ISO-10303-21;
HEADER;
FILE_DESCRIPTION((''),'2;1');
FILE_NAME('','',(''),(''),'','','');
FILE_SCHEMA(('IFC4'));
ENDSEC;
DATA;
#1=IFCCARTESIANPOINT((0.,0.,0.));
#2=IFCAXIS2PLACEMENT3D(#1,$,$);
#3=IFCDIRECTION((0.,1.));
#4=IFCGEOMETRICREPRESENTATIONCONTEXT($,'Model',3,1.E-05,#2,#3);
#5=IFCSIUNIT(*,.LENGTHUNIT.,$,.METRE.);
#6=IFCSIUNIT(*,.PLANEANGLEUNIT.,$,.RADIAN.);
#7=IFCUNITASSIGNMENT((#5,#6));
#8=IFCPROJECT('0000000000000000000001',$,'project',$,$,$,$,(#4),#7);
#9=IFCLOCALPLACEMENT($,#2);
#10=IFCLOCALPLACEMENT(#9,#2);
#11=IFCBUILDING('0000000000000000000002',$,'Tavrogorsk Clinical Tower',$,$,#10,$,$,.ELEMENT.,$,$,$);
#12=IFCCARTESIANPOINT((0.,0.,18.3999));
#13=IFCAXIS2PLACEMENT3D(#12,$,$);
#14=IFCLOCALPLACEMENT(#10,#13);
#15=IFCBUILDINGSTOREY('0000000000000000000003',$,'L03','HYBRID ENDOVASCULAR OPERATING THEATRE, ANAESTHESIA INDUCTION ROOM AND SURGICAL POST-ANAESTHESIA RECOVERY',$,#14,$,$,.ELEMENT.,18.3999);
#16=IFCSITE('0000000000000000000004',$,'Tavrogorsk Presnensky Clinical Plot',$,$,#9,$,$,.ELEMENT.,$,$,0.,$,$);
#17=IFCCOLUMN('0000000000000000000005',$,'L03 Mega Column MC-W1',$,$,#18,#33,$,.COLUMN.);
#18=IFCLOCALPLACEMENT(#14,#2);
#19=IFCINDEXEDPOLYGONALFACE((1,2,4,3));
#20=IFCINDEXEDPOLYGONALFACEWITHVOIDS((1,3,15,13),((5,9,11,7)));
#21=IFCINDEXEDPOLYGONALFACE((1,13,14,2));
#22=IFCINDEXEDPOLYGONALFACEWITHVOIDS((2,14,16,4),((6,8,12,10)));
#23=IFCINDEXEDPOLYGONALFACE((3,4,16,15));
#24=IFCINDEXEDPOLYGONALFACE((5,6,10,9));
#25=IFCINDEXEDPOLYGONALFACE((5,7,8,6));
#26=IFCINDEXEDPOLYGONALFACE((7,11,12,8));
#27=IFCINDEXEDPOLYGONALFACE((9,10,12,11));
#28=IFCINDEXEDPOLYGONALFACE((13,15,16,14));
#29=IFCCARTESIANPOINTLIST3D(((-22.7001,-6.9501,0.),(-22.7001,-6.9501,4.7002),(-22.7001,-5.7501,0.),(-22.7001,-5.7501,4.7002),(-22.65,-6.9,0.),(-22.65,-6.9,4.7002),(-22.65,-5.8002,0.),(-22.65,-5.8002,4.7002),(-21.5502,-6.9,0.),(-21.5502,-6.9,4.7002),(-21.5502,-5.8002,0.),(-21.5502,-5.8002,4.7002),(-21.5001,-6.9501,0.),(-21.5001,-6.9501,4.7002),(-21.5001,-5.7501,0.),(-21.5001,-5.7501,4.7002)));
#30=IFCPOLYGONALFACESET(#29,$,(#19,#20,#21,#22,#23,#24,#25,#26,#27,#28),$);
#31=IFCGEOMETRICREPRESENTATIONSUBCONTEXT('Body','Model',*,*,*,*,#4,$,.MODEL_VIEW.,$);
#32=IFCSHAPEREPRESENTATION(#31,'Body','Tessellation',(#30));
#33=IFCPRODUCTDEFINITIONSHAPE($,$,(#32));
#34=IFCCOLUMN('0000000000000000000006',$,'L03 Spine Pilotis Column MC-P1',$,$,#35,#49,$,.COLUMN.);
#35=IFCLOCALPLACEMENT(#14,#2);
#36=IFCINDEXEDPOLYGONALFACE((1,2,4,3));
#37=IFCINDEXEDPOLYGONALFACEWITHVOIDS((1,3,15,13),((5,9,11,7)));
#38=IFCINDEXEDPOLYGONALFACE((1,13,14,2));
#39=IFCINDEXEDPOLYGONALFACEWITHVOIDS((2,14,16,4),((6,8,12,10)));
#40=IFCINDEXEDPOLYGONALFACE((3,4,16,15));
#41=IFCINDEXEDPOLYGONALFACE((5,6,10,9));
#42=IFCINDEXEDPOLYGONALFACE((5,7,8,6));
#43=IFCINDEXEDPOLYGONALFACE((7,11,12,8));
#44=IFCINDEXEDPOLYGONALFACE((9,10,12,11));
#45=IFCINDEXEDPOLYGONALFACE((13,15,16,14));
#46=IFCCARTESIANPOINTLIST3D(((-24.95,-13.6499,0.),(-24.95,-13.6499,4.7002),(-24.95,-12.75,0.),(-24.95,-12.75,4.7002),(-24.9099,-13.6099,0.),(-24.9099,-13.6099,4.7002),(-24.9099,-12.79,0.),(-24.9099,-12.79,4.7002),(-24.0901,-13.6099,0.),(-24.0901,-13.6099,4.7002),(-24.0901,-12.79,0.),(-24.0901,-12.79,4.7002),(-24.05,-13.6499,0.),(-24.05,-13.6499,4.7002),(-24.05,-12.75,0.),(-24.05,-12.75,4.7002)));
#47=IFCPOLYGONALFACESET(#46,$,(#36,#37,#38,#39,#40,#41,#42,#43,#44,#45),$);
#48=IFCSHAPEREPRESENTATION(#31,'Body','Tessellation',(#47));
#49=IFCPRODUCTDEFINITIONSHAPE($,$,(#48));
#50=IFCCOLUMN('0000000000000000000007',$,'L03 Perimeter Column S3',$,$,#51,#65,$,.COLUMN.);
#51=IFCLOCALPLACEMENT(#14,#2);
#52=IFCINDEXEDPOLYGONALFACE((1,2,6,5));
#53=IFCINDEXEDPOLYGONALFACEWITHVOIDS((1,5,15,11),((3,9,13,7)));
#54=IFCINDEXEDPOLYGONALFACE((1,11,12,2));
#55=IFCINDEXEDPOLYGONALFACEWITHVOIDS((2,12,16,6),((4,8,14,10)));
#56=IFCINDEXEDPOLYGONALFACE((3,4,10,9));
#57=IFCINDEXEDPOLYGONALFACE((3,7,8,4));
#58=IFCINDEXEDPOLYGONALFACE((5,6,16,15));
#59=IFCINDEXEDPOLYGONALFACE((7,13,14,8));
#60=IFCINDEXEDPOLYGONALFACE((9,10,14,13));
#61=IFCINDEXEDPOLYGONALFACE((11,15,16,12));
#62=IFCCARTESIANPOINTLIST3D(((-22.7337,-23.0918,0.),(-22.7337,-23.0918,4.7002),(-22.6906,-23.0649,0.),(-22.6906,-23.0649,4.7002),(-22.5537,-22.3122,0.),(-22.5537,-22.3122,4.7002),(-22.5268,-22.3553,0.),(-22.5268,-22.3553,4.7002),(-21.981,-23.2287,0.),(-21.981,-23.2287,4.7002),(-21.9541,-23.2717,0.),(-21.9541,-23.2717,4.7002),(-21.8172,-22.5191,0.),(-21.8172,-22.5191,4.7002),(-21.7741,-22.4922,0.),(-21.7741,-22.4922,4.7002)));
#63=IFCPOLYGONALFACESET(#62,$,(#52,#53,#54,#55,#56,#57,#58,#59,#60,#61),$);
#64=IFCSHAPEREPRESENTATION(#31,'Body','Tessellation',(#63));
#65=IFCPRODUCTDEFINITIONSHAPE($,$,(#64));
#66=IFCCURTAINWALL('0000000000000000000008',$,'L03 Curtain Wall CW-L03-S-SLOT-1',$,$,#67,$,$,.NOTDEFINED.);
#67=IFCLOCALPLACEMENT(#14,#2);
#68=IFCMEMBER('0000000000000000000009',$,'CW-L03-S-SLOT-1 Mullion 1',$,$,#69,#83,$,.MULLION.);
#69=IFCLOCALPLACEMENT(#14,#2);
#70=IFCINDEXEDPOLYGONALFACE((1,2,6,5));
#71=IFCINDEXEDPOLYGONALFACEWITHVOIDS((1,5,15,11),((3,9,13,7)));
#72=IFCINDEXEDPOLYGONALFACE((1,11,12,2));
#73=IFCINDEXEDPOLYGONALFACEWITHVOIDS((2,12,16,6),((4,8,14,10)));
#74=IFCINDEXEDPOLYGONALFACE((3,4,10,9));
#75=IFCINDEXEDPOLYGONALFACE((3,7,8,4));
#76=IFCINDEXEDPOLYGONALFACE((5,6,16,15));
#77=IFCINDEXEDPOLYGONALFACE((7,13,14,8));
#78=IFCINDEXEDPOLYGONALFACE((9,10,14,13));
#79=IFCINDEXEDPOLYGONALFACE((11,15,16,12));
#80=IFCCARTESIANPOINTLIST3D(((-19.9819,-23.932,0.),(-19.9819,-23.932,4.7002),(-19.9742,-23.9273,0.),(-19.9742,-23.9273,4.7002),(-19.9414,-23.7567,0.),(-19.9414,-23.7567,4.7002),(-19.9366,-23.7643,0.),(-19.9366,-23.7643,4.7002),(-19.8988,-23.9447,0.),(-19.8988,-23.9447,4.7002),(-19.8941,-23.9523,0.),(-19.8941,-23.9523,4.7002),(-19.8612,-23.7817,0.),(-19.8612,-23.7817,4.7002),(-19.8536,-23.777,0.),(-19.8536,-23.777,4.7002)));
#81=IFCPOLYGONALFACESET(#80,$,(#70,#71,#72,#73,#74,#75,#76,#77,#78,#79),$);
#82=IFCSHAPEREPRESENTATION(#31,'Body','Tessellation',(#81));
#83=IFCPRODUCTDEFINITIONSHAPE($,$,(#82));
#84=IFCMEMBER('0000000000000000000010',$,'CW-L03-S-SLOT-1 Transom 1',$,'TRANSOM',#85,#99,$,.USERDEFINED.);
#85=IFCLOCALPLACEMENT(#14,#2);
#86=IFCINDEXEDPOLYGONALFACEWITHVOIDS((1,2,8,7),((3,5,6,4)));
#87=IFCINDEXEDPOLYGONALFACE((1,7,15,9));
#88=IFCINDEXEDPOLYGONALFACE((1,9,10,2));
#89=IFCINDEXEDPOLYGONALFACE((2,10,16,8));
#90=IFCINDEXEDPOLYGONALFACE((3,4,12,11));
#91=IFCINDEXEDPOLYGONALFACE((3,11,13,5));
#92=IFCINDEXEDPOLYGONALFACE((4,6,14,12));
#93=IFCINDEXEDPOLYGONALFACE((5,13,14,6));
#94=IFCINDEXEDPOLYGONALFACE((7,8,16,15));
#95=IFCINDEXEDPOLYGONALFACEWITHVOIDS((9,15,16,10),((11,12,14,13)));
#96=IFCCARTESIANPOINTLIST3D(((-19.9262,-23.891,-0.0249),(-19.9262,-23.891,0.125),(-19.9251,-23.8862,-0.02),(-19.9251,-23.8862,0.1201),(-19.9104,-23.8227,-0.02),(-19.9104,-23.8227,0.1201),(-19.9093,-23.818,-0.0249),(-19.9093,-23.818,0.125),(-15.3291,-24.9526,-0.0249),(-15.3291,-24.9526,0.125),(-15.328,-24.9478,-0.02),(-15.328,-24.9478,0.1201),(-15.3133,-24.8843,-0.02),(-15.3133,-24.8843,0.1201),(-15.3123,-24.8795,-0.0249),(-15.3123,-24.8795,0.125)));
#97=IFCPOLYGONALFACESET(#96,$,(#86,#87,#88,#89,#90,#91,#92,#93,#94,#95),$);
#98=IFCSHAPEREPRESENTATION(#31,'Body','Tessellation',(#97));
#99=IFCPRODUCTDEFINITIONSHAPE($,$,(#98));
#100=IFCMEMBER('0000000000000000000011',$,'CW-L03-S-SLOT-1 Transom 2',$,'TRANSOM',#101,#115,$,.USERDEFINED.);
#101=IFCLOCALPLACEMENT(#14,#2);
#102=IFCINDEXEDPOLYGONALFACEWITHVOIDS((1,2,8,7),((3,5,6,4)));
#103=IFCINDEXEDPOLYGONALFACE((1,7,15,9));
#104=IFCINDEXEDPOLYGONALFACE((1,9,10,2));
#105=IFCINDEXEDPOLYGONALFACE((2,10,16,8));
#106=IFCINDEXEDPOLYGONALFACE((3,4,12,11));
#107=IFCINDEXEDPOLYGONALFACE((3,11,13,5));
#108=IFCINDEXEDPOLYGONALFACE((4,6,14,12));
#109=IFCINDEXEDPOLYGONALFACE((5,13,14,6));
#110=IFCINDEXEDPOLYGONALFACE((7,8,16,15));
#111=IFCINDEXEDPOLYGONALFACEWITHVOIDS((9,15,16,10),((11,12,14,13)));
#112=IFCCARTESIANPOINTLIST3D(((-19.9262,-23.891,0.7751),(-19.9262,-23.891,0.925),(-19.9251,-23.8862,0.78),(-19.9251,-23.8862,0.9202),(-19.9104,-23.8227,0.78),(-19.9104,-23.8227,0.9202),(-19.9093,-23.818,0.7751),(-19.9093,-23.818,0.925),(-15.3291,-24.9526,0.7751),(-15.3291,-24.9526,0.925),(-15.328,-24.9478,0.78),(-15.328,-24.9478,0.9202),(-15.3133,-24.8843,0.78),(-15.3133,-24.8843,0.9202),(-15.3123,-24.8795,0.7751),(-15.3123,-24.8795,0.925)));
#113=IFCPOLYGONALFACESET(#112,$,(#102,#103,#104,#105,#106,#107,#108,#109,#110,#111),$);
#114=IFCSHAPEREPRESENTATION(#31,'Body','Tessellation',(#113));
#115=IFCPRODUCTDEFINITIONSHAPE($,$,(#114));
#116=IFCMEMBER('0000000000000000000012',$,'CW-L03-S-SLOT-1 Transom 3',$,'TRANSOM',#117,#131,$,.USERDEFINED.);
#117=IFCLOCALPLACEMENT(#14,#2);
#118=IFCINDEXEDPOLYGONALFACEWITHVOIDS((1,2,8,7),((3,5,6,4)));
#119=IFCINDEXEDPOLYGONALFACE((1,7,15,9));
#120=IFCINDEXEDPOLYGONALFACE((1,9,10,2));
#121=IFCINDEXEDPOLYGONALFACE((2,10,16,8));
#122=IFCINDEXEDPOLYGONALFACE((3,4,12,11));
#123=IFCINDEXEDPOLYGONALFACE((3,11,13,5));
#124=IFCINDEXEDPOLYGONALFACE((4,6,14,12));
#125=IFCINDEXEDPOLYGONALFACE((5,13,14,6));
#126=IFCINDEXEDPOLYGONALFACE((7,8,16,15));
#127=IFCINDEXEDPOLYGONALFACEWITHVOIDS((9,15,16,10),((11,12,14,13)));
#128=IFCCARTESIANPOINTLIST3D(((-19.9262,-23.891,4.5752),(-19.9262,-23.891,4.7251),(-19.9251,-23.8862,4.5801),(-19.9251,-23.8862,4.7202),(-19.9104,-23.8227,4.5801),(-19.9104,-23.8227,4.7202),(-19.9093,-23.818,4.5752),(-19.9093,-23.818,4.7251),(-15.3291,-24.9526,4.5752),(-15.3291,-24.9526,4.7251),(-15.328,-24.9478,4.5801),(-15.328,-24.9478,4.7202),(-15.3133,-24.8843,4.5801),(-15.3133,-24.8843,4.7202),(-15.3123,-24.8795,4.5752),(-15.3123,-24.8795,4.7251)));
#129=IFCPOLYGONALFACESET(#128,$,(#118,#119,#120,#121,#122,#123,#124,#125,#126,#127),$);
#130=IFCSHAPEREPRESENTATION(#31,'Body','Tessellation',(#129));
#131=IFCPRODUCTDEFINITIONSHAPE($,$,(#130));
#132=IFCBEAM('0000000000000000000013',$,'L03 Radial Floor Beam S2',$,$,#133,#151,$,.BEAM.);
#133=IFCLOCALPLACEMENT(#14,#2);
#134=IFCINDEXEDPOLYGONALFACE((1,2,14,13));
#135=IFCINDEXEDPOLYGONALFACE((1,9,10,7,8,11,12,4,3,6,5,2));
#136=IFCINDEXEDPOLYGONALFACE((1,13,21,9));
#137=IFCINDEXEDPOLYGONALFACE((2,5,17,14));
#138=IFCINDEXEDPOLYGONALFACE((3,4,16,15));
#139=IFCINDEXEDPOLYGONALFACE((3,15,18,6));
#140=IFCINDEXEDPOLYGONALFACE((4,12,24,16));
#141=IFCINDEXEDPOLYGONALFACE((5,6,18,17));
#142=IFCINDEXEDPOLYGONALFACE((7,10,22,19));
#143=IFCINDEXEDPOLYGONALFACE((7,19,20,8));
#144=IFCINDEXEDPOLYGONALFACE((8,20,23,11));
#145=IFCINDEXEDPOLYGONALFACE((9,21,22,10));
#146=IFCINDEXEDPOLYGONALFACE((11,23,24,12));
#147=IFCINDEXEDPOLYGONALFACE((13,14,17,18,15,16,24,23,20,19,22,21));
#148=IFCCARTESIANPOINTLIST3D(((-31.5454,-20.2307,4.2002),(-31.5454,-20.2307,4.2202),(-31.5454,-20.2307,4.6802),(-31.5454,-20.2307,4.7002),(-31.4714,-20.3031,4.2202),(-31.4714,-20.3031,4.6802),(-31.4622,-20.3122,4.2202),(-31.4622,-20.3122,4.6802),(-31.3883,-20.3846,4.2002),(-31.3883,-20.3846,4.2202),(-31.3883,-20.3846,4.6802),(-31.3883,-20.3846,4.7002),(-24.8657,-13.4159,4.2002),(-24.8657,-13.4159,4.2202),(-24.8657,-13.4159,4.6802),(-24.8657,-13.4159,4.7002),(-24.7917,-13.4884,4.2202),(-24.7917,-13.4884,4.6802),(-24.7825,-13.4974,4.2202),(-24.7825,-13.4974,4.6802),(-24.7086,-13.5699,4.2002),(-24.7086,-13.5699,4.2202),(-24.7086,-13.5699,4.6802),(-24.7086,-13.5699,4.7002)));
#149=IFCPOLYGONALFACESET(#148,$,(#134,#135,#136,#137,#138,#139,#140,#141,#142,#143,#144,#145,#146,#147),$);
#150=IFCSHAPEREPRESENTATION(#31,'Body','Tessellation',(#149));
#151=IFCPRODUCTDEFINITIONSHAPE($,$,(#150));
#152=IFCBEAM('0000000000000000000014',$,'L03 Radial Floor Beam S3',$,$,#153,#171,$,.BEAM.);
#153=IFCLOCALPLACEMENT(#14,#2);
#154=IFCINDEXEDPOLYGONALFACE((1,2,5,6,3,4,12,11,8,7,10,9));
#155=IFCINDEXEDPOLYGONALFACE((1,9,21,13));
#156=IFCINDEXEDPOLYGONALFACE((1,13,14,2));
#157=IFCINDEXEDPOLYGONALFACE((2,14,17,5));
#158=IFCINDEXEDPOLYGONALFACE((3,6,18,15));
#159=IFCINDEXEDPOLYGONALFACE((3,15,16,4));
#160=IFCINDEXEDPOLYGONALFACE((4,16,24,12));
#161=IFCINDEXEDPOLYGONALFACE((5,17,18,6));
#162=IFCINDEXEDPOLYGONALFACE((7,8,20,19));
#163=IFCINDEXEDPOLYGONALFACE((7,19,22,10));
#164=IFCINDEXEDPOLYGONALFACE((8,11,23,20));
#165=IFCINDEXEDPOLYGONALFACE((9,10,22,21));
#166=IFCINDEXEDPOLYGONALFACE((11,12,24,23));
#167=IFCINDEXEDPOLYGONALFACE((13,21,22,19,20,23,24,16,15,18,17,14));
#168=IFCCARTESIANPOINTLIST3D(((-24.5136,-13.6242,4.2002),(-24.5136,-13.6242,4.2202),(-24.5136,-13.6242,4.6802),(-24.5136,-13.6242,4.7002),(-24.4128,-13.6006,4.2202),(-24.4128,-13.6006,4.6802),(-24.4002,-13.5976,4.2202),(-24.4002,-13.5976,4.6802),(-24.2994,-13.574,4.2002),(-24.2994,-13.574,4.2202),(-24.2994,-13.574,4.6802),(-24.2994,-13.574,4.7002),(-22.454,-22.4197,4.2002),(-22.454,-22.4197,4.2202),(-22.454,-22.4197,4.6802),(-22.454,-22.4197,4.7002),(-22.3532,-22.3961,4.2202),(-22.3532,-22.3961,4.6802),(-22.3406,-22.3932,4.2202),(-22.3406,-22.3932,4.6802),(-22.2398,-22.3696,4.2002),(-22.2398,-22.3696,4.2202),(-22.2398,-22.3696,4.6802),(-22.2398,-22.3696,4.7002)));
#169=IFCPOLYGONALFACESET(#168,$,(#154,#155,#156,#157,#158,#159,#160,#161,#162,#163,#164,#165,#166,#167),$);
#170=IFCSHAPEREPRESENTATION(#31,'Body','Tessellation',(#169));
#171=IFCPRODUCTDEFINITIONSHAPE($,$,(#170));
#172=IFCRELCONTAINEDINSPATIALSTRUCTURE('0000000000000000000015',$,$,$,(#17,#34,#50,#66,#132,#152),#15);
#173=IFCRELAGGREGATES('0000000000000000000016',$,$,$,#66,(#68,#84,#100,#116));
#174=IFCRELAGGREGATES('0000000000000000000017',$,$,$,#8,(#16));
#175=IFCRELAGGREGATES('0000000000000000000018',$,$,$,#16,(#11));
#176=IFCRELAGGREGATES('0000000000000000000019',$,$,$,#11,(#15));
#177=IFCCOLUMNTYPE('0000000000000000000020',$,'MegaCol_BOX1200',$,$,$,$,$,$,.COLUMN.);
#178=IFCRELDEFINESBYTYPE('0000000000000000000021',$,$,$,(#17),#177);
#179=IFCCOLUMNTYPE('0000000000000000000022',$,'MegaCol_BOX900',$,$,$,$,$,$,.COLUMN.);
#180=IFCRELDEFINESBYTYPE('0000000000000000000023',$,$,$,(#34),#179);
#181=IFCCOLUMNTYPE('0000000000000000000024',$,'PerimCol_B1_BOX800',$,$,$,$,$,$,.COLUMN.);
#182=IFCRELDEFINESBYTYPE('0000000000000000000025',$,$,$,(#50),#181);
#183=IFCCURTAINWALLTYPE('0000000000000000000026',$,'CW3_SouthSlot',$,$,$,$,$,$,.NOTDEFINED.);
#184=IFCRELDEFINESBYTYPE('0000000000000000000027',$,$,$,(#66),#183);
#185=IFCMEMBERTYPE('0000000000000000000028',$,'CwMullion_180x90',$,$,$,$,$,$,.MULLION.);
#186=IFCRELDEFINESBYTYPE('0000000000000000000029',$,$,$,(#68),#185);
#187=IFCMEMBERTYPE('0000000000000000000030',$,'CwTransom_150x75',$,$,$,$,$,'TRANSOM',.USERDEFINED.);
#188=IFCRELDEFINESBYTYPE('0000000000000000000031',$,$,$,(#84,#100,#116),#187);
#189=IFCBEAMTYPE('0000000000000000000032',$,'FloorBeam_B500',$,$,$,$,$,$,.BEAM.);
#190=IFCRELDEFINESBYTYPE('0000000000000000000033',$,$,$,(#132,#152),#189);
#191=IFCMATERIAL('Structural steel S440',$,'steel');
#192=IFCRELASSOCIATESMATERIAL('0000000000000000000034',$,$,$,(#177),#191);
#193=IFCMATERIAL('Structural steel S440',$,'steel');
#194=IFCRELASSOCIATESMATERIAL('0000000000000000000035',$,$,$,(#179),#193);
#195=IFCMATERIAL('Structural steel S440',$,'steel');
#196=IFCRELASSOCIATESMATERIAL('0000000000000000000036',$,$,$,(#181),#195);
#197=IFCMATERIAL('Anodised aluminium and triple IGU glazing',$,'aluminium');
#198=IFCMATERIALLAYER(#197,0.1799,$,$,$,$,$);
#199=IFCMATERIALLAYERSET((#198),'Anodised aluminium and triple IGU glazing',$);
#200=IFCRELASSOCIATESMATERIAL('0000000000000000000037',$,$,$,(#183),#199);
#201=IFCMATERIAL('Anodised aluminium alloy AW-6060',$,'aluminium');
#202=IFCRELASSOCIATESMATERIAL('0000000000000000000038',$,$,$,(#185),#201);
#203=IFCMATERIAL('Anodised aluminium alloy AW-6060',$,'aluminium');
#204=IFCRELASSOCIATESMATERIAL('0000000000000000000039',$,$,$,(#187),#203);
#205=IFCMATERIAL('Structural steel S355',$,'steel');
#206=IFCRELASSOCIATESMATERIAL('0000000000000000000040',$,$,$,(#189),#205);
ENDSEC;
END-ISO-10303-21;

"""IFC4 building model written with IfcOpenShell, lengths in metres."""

from ifc_helpers import new_model, si_unit, direction, frame, origin, origin_2d, place, context, subcontext, project, spatial, hollow_rectangle, i_section, extrude, material, layer, layer_set, material_profile, profile_set, type_object, element, aggregate, save


model = new_model("IFC4")

# Units and contexts
model_context = context("Model", 3, precision=1e-05, world=origin(), true_north=direction((0.0, 1.0)))
body_context = subcontext(model_context, "Body", "Model", "MODEL_VIEW")
ifc_project = project(units=[si_unit("LENGTHUNIT", "METRE"), si_unit("PLANEANGLEUNIT", "RADIAN")], contexts=[model_context])

# Site, building, storey
site_placement = place(None, origin())
site = spatial("IfcSite", under=ifc_project, at=site_placement, Name="Tavrogorsk Presnensky Clinical Plot", CompositionType="ELEMENT", RefElevation=0.0)
building_placement = place(site_placement, origin())
building = spatial("IfcBuilding", under=site, at=building_placement, Name="Tavrogorsk Clinical Tower", CompositionType="ELEMENT")
storey_placement = place(building_placement, frame((0.0, 0.0, 18.3999)))
storey = spatial("IfcBuildingStorey", under=building, at=storey_placement, Name="L03", Description="HYBRID ENDOVASCULAR OPERATING THEATRE, ANAESTHESIA INDUCTION ROOM AND SURGICAL POST-ANAESTHESIA RECOVERY", CompositionType="ELEMENT", Elevation=18.3999)

# Columns
ifc_material_1 = material(Name="Structural steel S440", Category="steel")
ifc_material_profile_1 = material_profile(ifc_material_1, hollow_rectangle(XDim=1.2, YDim=1.2, WallThickness=0.05, at=origin_2d()), Name="BOX-1200x1200x50")
ifc_profile_set_1 = profile_set([ifc_material_profile_1], Name="Structural steel S440")
column_type_1 = type_object("IfcColumnType", Name="MegaCol_BOX1200", PredefinedType="COLUMN", material=ifc_profile_set_1)
column_1_placement = place(storey_placement, frame((-22.1001, -6.3501, 0.0), z_axis=(0.0, 0.0, 1.0), x_axis=(1.0, 0.0, 0.0)))
element("IfcColumn", 1, at=column_1_placement, inside=storey, type_object=column_type_1, Name="L03 Mega Column MC-W1", PredefinedType="COLUMN", context=body_context, shape_type="SweptSolid", body=[
    extrude(hollow_rectangle(XDim=1.2, YDim=1.2, WallThickness=0.05, at=origin_2d()), origin(), (0.0, 0.0, 1.0), 4.7002),
])
ifc_material_2 = material(Name="Structural steel S440", Category="steel")
ifc_material_profile_2 = material_profile(ifc_material_2, hollow_rectangle(XDim=0.8999, YDim=0.8999, WallThickness=0.04, at=origin_2d()), Name="BOX-900x900x40")
ifc_profile_set_2 = profile_set([ifc_material_profile_2], Name="Structural steel S440")
column_type_2 = type_object("IfcColumnType", Name="MegaCol_BOX900", PredefinedType="COLUMN", material=ifc_profile_set_2)
column_2_placement = place(storey_placement, frame((-24.5, -13.2, 0.0), z_axis=(0.0, 0.0, 1.0), x_axis=(1.0, 0.0, 0.0)))
element("IfcColumn", 2, at=column_2_placement, inside=storey, type_object=column_type_2, Name="L03 Spine Pilotis Column MC-P1", PredefinedType="COLUMN", context=body_context, shape_type="SweptSolid", body=[
    extrude(hollow_rectangle(XDim=0.8999, YDim=0.8999, WallThickness=0.04, at=origin_2d()), origin(), (0.0, 0.0, 1.0), 4.7002),
])
ifc_material_3 = material(Name="Structural steel S440", Category="steel")
ifc_material_profile_3 = material_profile(ifc_material_3, hollow_rectangle(XDim=0.8, YDim=0.8, WallThickness=0.0359, at=origin_2d()), Name="BOX-800x800x36")
ifc_profile_set_3 = profile_set([ifc_material_profile_3], Name="Structural steel S440")
column_type_3 = type_object("IfcColumnType", Name="PerimCol_B1_BOX800", PredefinedType="COLUMN", material=ifc_profile_set_3)
column_3_placement = place(storey_placement, frame((-22.2539, -22.792, 0.0), z_axis=(0.0, 0.0, 1.0), x_axis=(0.97437, -0.224951, 0.0)))
element("IfcColumn", 3, at=column_3_placement, inside=storey, type_object=column_type_3, Name="L03 Perimeter Column S3", PredefinedType="COLUMN", context=body_context, shape_type="SweptSolid", body=[
    extrude(hollow_rectangle(XDim=0.8, YDim=0.8, WallThickness=0.0359, at=origin_2d()), origin(), (0.0, 0.0, 1.0), 4.7002),
])

# Curtain wall, members
ifc_material_4 = material(Name="Anodised aluminium and triple IGU glazing", Category="aluminium")
ifc_layer_1 = layer(ifc_material_4, 0.1799)
ifc_layer_set_1 = layer_set([ifc_layer_1], Name="Anodised aluminium and triple IGU glazing")
curtain_wall_type = type_object("IfcCurtainWallType", Name="CW3_SouthSlot", PredefinedType="NOTDEFINED", material=ifc_layer_set_1)
curtain_wall_placement = place(storey_placement, origin())
curtain_wall = element("IfcCurtainWall", 4, at=curtain_wall_placement, inside=storey, type_object=curtain_wall_type, Name="L03 Curtain Wall CW-L03-S-SLOT-1", PredefinedType="NOTDEFINED")
ifc_material_5 = material(Name="Anodised aluminium alloy AW-6060", Category="aluminium")
ifc_material_profile_4 = material_profile(ifc_material_5, hollow_rectangle(XDim=0.0901, YDim=0.1799, WallThickness=0.0063, at=origin_2d()), Name="RHS-180x90x6.3")
ifc_profile_set_4 = profile_set([ifc_material_profile_4], Name="Anodised aluminium alloy AW-6060")
member_type_1 = type_object("IfcMemberType", Name="CwMullion_180x90", PredefinedType="MULLION", material=ifc_profile_set_4)
member_1_placement = place(storey_placement, frame((-19.9177, -23.8545, 0.0), z_axis=(0.0, 0.0, 1.0), x_axis=(0.97437, -0.224951, 0.0)))
member_1 = element("IfcMember", 5, at=member_1_placement, type_object=member_type_1, Name="CW-L03-S-SLOT-1 Mullion 1", PredefinedType="MULLION", context=body_context, shape_type="SweptSolid", body=[
    extrude(hollow_rectangle(XDim=0.0901, YDim=0.1799, WallThickness=0.0063, at=origin_2d()), origin(), (0.0, 0.0, 1.0), 4.7002),
])
ifc_material_6 = material(Name="Anodised aluminium alloy AW-6060", Category="aluminium")
ifc_material_profile_5 = material_profile(ifc_material_6, hollow_rectangle(XDim=0.075, YDim=0.1499, WallThickness=0.0049, at=origin_2d()), Name="RHS-150x75x5")
ifc_profile_set_5 = profile_set([ifc_material_profile_5], Name="Anodised aluminium alloy AW-6060")
member_type_2 = type_object("IfcMemberType", Name="CwTransom_150x75", ElementType="TRANSOM", PredefinedType="USERDEFINED", material=ifc_profile_set_5)
member_2_placement = place(storey_placement, frame((-19.9177, -23.8545, 0.05), z_axis=(0.974359, -0.224999, 0.0), x_axis=(0.224999, 0.974359, 0.0)))
member_2 = element("IfcMember", 6, at=member_2_placement, type_object=member_type_2, Name="CW-L03-S-SLOT-1 Transom 1", ObjectType="TRANSOM", PredefinedType="USERDEFINED", context=body_context, shape_type="SweptSolid", body=[
    extrude(hollow_rectangle(XDim=0.075, YDim=0.1499, WallThickness=0.0049, at=origin_2d()), origin(), (0.0, 0.0, 1.0), 4.718),
])
member_3_placement = place(storey_placement, frame((-19.9177, -23.8545, 0.8501), z_axis=(0.974359, -0.224999, 0.0), x_axis=(0.224999, 0.974359, 0.0)))
member_3 = element("IfcMember", 7, at=member_3_placement, type_object=member_type_2, Name="CW-L03-S-SLOT-1 Transom 2", ObjectType="TRANSOM", PredefinedType="USERDEFINED", context=body_context, shape_type="SweptSolid", body=[
    extrude(hollow_rectangle(XDim=0.075, YDim=0.1499, WallThickness=0.0049, at=origin_2d()), origin(), (0.0, 0.0, 1.0), 4.718),
])
member_4_placement = place(storey_placement, frame((-19.9177, -23.8545, 4.6501), z_axis=(0.974359, -0.224999, 0.0), x_axis=(0.224999, 0.974359, 0.0)))
member_4 = element("IfcMember", 8, at=member_4_placement, type_object=member_type_2, Name="CW-L03-S-SLOT-1 Transom 3", ObjectType="TRANSOM", PredefinedType="USERDEFINED", context=body_context, shape_type="SweptSolid", body=[
    extrude(hollow_rectangle(XDim=0.075, YDim=0.1499, WallThickness=0.0049, at=origin_2d()), origin(), (0.0, 0.0, 1.0), 4.718),
])

# Beams
ifc_material_7 = material(Name="Structural steel S355", Category="steel")
ifc_material_profile_6 = material_profile(ifc_material_7, i_section(OverallWidth=0.22, OverallDepth=0.5, WebThickness=0.0129, FlangeThickness=0.02, at=origin_2d()), Name="B-500x220x13x20")
ifc_profile_set_6 = profile_set([ifc_material_profile_6], Name="Structural steel S355")
beam_type_1 = type_object("IfcBeamType", Name="FloorBeam_B500", PredefinedType="BEAM", material=ifc_profile_set_6)
beam_1_placement = place(storey_placement, frame((-24.7871, -13.4929, 4.4502), z_axis=(-0.699997, -0.714146, 0.0), x_axis=(0.714146, -0.699997, 0.0)))
element("IfcBeam", 9, at=beam_1_placement, inside=storey, type_object=beam_type_1, Name="L03 Radial Floor Beam S2", PredefinedType="BEAM", context=body_context, shape_type="SweptSolid", body=[
    extrude(i_section(OverallWidth=0.22, OverallDepth=0.5, WebThickness=0.0129, FlangeThickness=0.02, at=origin_2d()), origin(), (0.0, 0.0, 1.0), 9.5425),
])
beam_2_placement = place(storey_placement, frame((-24.4065, -13.5991, 4.4502), z_axis=(0.227997, -0.973662, 0.0), x_axis=(0.973662, 0.227997, 0.0)))
element("IfcBeam", 10, at=beam_2_placement, inside=storey, type_object=beam_type_1, Name="L03 Radial Floor Beam S3", PredefinedType="BEAM", context=body_context, shape_type="SweptSolid", body=[
    extrude(i_section(OverallWidth=0.22, OverallDepth=0.5, WebThickness=0.0129, FlangeThickness=0.02, at=origin_2d()), origin(), (0.0, 0.0, 1.0), 9.0334),
])

aggregate(curtain_wall, [member_1, member_2, member_3, member_4])

save(model, "model.ifc")
